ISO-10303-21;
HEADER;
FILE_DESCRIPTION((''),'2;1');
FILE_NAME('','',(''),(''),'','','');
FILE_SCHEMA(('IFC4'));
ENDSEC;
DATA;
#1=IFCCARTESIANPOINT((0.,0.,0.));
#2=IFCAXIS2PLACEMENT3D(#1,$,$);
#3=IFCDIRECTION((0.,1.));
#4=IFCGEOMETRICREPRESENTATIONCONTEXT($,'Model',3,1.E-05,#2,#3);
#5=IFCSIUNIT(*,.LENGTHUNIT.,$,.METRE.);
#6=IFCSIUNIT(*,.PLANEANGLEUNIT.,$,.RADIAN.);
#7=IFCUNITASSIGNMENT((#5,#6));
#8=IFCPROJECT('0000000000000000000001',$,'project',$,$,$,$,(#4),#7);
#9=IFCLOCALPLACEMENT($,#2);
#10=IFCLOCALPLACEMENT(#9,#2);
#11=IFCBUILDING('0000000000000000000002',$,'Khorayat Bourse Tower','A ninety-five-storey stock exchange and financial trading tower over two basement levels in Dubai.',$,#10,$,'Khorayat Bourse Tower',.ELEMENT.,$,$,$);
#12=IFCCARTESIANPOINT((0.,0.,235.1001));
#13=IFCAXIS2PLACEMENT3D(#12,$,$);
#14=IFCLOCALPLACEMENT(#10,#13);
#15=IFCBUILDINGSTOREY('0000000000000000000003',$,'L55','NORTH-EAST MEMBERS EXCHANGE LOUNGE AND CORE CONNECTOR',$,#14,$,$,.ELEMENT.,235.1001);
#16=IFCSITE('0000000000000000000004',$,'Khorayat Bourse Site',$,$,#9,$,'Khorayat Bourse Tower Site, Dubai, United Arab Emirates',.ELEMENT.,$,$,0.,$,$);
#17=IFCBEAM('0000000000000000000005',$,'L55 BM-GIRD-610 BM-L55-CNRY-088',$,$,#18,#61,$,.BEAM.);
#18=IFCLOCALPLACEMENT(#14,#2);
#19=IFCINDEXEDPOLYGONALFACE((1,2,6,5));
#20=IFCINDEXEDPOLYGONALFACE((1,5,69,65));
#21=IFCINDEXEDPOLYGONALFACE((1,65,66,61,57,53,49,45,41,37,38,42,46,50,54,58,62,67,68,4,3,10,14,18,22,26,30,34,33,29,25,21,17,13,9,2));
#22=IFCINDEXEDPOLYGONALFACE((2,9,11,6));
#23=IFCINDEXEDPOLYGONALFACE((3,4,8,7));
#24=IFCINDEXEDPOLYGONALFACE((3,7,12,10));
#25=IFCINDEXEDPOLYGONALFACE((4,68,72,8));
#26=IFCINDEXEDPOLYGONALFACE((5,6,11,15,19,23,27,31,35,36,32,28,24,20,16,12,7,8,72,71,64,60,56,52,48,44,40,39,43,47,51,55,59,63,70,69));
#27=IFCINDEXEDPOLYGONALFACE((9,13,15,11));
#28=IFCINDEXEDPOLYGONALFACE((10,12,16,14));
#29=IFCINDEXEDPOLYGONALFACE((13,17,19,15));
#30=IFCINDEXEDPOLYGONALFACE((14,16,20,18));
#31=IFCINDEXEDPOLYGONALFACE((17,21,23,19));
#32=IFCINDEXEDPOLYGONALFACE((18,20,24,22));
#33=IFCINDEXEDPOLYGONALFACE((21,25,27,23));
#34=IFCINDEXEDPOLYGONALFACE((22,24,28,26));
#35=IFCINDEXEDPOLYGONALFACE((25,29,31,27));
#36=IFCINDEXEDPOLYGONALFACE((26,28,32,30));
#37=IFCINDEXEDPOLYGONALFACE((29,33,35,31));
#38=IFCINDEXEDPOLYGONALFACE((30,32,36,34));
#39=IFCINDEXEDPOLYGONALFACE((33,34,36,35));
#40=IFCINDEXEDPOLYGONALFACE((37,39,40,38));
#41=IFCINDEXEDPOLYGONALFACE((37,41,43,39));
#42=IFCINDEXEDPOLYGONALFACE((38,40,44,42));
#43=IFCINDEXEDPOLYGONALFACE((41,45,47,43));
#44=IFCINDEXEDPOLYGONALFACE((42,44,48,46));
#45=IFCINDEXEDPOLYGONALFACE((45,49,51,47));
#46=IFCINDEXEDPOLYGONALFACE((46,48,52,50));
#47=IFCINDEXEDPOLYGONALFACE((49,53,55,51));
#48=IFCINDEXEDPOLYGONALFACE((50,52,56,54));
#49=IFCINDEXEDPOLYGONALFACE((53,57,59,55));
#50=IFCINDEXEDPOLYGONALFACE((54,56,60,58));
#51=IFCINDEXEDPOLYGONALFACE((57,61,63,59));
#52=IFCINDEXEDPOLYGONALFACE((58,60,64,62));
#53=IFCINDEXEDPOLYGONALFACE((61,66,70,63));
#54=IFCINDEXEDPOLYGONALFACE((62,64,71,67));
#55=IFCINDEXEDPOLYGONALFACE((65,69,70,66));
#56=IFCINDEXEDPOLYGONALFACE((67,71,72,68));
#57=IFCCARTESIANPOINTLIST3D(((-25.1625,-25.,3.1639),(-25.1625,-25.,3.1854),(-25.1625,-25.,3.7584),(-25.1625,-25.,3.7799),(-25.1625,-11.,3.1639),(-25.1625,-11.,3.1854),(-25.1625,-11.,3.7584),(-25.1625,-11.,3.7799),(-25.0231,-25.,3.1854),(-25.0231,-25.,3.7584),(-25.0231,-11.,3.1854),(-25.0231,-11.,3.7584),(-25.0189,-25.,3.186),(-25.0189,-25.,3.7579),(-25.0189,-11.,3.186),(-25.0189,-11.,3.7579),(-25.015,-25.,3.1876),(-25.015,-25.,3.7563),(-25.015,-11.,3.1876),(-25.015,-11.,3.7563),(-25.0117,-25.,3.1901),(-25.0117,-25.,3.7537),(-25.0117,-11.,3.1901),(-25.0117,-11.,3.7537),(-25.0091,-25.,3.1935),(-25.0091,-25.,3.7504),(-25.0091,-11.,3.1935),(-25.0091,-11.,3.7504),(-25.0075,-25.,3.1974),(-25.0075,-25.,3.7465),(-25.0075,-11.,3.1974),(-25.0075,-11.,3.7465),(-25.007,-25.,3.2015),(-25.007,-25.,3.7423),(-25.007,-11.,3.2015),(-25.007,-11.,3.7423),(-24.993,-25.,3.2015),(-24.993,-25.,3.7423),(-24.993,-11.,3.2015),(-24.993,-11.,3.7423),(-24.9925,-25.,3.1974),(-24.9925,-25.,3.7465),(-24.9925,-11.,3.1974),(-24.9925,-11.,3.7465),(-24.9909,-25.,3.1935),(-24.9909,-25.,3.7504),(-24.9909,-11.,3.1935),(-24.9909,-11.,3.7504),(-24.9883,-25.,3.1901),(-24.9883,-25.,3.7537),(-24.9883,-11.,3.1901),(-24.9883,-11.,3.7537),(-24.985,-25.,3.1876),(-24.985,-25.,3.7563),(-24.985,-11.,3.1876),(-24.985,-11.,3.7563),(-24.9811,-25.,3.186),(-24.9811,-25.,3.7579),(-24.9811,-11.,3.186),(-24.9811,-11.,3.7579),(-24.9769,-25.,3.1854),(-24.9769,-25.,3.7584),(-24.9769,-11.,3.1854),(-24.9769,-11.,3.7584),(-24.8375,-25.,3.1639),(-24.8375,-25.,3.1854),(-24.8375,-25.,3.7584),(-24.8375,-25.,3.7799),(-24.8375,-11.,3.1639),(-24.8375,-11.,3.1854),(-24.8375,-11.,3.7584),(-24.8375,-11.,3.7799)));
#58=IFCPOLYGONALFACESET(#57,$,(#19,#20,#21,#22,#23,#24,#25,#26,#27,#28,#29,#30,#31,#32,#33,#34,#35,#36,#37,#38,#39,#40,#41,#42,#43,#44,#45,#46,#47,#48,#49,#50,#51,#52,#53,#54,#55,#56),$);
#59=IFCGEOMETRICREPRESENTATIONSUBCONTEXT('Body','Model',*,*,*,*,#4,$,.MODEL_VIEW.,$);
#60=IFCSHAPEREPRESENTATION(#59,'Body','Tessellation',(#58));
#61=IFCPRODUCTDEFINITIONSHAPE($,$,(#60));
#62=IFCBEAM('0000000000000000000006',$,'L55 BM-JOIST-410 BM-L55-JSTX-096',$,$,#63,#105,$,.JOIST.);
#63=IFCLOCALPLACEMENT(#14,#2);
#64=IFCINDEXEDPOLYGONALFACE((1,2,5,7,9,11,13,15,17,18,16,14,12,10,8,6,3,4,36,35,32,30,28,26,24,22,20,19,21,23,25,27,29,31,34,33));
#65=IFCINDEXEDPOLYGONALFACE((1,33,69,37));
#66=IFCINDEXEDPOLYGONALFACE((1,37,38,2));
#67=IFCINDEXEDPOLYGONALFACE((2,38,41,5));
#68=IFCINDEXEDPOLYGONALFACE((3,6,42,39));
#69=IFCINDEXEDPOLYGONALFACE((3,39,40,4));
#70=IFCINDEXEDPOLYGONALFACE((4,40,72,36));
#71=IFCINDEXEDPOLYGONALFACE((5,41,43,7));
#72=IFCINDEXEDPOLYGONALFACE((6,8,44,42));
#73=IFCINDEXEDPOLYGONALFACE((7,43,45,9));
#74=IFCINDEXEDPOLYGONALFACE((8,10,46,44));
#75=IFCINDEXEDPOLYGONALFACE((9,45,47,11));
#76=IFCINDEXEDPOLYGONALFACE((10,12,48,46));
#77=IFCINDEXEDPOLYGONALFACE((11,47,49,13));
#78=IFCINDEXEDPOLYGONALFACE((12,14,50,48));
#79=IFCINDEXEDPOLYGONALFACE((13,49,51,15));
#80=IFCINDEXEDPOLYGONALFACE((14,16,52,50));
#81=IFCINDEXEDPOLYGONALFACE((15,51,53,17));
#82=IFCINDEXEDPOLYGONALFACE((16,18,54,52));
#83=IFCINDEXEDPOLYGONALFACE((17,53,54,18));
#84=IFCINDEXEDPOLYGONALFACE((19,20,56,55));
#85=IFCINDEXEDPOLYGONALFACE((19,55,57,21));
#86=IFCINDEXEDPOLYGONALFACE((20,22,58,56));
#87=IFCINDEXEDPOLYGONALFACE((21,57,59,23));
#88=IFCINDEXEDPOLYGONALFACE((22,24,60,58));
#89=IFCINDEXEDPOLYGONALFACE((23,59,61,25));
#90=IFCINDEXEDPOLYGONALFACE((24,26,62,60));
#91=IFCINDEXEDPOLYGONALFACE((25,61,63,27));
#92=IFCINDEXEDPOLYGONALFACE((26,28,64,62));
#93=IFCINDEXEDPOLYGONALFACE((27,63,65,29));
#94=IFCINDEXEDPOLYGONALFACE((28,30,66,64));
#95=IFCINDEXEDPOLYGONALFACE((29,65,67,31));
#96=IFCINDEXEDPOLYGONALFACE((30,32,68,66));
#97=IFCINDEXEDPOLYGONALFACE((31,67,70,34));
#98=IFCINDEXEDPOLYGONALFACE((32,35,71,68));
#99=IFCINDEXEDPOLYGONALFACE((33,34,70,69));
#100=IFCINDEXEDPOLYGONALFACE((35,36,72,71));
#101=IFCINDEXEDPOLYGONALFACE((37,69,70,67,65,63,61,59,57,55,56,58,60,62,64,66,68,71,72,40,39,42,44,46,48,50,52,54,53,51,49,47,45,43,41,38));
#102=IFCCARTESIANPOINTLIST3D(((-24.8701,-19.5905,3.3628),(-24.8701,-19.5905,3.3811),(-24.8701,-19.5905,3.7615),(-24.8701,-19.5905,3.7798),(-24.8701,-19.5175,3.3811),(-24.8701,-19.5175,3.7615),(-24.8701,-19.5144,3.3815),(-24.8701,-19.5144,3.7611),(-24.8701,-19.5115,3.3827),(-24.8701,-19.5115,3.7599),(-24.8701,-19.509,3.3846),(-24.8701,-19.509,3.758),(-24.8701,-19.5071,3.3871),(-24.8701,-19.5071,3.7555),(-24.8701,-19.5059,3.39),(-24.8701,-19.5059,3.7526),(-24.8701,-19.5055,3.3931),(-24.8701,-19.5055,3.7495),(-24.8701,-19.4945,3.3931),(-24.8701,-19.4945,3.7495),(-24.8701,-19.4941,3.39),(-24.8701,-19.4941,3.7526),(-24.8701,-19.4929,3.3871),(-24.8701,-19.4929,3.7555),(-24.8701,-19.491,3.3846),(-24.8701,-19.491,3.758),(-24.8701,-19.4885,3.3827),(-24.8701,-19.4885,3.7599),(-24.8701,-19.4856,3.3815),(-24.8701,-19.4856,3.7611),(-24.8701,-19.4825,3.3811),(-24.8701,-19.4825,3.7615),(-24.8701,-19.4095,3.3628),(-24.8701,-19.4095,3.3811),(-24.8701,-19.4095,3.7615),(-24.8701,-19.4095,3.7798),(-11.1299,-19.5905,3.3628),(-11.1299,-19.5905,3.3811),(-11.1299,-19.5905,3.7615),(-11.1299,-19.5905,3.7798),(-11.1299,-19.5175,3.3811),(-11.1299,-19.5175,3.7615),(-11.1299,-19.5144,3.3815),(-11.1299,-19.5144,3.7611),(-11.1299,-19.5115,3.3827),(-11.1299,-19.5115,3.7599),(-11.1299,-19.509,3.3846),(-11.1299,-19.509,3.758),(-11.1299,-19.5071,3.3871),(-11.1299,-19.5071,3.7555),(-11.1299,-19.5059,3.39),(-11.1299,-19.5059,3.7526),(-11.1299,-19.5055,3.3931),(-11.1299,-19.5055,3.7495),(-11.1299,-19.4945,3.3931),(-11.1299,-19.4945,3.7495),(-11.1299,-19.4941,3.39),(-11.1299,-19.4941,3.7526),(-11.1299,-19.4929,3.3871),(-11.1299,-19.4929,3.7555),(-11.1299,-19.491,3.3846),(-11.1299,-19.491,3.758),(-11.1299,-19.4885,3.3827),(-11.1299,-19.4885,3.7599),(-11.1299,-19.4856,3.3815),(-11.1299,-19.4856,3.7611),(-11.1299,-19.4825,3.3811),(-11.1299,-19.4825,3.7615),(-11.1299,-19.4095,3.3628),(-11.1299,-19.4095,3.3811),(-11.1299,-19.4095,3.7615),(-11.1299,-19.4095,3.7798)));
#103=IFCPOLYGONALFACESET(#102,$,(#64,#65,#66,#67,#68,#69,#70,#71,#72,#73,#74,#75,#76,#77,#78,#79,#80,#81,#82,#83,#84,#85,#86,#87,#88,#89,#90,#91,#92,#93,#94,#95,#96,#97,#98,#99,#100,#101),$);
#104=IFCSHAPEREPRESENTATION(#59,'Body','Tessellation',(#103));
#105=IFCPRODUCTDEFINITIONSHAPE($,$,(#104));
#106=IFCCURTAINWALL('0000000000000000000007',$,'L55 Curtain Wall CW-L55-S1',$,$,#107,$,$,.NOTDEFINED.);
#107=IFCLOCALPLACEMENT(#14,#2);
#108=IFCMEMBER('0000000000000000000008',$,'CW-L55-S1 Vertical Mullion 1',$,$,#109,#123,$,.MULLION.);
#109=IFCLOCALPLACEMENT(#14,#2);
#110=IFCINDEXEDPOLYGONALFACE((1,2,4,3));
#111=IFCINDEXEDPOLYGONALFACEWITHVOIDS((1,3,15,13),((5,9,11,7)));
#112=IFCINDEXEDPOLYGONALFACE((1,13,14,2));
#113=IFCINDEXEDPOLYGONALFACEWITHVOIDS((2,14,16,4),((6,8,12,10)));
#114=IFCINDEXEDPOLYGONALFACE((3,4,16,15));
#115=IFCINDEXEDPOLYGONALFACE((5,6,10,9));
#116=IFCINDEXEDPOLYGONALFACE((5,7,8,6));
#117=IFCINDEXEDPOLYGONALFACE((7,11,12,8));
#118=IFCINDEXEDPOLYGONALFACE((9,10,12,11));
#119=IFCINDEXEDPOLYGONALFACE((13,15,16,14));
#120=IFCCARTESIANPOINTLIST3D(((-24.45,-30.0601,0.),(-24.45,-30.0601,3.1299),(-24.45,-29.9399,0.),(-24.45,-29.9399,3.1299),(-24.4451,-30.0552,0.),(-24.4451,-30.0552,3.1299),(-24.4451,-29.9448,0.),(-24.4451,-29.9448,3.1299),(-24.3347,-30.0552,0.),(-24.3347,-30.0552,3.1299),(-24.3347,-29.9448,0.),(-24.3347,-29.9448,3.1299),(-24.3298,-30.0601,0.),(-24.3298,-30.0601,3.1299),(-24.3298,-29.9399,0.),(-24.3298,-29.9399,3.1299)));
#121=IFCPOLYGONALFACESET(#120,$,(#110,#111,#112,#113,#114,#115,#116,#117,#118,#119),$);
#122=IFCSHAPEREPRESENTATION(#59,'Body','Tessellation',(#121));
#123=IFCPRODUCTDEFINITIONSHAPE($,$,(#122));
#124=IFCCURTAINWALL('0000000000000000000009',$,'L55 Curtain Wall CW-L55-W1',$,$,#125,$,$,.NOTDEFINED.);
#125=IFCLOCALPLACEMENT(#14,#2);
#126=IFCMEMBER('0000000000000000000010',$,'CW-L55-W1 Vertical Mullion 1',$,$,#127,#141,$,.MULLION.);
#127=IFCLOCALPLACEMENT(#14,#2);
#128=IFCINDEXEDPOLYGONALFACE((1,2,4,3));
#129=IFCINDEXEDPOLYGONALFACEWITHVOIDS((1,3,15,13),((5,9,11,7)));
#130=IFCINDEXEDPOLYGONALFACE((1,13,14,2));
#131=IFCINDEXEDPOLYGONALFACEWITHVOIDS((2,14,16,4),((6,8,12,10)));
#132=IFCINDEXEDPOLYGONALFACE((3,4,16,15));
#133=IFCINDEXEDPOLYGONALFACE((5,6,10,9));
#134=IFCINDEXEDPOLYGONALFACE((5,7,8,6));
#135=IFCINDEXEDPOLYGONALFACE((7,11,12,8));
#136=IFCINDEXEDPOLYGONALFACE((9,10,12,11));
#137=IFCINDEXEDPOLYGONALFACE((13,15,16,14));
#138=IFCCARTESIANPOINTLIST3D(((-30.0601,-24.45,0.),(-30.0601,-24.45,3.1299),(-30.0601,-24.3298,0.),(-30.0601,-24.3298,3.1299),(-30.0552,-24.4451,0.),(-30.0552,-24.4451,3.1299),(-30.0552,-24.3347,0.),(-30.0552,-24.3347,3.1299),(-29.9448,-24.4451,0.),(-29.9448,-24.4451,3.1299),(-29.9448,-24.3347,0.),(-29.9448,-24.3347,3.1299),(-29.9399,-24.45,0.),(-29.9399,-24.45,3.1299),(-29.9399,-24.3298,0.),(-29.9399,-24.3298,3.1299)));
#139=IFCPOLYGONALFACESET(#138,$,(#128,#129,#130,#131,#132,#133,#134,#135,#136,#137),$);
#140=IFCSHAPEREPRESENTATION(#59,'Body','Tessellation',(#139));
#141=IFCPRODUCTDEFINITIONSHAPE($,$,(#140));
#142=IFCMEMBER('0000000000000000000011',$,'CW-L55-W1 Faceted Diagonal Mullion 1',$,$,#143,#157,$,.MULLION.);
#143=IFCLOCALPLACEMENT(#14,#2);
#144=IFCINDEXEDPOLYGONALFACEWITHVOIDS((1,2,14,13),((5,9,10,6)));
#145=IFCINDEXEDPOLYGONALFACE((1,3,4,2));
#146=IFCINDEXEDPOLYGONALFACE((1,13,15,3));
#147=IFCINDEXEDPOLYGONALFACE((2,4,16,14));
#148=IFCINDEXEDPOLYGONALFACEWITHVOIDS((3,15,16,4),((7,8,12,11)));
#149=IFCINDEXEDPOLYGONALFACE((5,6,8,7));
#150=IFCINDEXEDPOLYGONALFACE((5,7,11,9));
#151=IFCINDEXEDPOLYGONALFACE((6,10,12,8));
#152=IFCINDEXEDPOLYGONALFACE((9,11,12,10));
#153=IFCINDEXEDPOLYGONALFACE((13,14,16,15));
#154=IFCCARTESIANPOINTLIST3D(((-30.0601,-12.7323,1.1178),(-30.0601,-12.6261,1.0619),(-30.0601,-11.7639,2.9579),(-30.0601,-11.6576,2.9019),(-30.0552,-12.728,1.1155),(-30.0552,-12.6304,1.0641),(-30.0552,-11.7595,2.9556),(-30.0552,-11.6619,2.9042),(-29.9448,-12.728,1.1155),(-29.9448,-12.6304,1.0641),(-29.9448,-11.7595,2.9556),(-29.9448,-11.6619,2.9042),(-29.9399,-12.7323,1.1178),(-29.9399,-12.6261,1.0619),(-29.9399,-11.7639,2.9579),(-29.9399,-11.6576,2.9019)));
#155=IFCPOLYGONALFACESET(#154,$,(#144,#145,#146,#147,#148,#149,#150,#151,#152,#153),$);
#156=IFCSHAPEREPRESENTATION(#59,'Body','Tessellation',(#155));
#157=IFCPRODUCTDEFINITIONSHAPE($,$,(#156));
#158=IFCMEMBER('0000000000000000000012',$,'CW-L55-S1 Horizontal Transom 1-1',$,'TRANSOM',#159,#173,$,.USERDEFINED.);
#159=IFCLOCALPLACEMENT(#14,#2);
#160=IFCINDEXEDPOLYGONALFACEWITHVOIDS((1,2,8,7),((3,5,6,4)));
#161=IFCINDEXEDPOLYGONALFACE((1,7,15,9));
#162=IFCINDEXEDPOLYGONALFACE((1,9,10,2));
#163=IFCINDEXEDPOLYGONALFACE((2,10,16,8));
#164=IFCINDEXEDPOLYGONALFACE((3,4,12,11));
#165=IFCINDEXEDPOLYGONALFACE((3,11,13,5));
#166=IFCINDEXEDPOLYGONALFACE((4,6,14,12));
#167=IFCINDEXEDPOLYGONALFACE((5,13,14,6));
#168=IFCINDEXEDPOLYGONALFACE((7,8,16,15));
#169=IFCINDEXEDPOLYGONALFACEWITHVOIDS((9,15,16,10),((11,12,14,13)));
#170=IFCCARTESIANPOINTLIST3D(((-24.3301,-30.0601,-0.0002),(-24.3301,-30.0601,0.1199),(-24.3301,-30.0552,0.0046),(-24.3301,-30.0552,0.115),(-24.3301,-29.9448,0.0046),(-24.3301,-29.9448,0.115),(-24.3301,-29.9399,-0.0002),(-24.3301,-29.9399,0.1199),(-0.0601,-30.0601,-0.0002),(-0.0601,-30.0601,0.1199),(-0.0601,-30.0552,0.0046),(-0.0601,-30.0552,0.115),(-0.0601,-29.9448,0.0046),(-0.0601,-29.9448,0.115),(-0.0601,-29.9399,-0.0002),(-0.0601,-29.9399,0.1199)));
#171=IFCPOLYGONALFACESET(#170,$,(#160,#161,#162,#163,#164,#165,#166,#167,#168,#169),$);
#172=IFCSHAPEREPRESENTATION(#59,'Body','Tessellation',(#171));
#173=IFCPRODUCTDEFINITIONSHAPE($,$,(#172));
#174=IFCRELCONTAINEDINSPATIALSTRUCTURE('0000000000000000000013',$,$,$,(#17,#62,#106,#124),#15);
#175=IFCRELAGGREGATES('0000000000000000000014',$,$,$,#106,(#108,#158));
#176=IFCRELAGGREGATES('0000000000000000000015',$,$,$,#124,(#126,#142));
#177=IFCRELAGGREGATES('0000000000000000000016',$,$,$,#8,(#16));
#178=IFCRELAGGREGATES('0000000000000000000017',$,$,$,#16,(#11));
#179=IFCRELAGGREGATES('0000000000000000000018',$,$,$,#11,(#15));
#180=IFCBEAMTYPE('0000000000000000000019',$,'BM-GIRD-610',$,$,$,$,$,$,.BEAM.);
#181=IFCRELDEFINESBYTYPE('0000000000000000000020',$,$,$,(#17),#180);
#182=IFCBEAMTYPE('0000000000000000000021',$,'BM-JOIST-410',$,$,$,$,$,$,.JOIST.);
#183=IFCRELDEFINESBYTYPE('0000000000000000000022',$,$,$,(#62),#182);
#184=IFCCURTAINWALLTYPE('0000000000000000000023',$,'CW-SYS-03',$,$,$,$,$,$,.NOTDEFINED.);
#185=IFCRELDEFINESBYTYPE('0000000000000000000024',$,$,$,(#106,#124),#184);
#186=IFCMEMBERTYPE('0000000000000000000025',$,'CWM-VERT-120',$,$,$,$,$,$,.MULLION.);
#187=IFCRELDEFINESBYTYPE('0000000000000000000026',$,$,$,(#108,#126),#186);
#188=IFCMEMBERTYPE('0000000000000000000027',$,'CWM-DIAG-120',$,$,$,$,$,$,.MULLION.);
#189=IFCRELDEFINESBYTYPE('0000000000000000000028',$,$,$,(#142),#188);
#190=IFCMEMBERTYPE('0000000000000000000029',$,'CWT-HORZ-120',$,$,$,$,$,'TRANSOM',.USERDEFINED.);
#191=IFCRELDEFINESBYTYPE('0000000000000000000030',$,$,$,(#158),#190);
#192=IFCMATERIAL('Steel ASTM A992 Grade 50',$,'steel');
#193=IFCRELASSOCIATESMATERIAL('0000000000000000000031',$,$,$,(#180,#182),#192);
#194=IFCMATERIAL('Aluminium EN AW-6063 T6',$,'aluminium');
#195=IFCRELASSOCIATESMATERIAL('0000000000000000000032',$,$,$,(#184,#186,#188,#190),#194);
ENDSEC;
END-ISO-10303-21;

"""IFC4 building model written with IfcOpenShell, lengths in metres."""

from ifc_helpers import new_model, si_unit, direction, frame, origin, origin_2d, place, context, subcontext, project, spatial, hollow_rectangle, i_section, extrude, source, transform, mapped, material, material_profile, profile_set, type_object, element, aggregate, save


model = new_model("IFC4")

# Units and contexts
model_context = context("Model", 3, precision=1e-05, world=origin(), true_north=direction((0.0, 1.0)))
body_context = subcontext(model_context, "Body", "Model", "MODEL_VIEW")
ifc_project = project(units=[si_unit("LENGTHUNIT", "METRE"), si_unit("PLANEANGLEUNIT", "RADIAN")], contexts=[model_context])

# Site, building, storey
site_placement = place(None, origin())
site = spatial("IfcSite", under=ifc_project, at=site_placement, Name="Khorayat Bourse Site", LongName="Khorayat Bourse Tower Site, Dubai, United Arab Emirates", CompositionType="ELEMENT", RefElevation=0.0)
building_placement = place(site_placement, origin())
building = spatial("IfcBuilding", under=site, at=building_placement, Name="Khorayat Bourse Tower", Description="A ninety-five-storey stock exchange and financial trading tower over two basement levels in Dubai.", LongName="Khorayat Bourse Tower", CompositionType="ELEMENT")
storey_placement = place(building_placement, frame((0.0, 0.0, 235.1001)))
storey = spatial("IfcBuildingStorey", under=building, at=storey_placement, Name="L55", Description="NORTH-EAST MEMBERS EXCHANGE LOUNGE AND CORE CONNECTOR", CompositionType="ELEMENT", Elevation=235.1001)

# Beams
ifc_material_1 = material(Name="Steel ASTM A992 Grade 50", Category="steel")
ifc_material_profile_1 = material_profile(ifc_material_1, i_section(OverallWidth=0.325, OverallDepth=0.616, WebThickness=0.0139, FlangeThickness=0.0215, FilletRadius=0.0161, at=origin_2d()), Name="W610X174")
ifc_profile_set_1 = profile_set([ifc_material_profile_1], Name="Steel ASTM A992 Grade 50")
beam_type_1 = type_object("IfcBeamType", Name="BM-GIRD-610", PredefinedType="BEAM", material=ifc_profile_set_1)
shared_shape_1 = source(origin(), body_context, "Body", "SweptSolid", [
    extrude(i_section(OverallWidth=0.325, OverallDepth=0.616, WebThickness=0.0139, FlangeThickness=0.0215, FilletRadius=0.0161, at=origin_2d()), origin(), (0.0, 0.0, 1.0), 14.0),
])
beam_1_placement = place(storey_placement, frame((-25.0, -25.0, 3.4719), z_axis=(0.0, 1.0, 0.0), x_axis=(-1.0, 0.0, 0.0)))
element("IfcBeam", 1, at=beam_1_placement, inside=storey, type_object=beam_type_1, Name="L55 BM-GIRD-610 BM-L55-CNRY-088", PredefinedType="BEAM", context=body_context, shape_type="MappedRepresentation", body=[
    mapped(shared_shape_1, transform((0.0, 0.0, 0.0), scale=1.0)),
])
ifc_material_profile_2 = material_profile(ifc_material_1, i_section(OverallWidth=0.1809, OverallDepth=0.417, WebThickness=0.011, FlangeThickness=0.0183, FilletRadius=0.012, at=origin_2d()), Name="W410X85")
ifc_profile_set_2 = profile_set([ifc_material_profile_2], Name="Steel ASTM A992 Grade 50")
beam_type_2 = type_object("IfcBeamType", Name="BM-JOIST-410", PredefinedType="JOIST", material=ifc_profile_set_2)
shared_shape_2 = source(origin(), body_context, "Body", "SweptSolid", [
    extrude(i_section(OverallWidth=0.1809, OverallDepth=0.417, WebThickness=0.011, FlangeThickness=0.0183, FilletRadius=0.012, at=origin_2d()), origin(), (0.0, 0.0, 1.0), 13.7402),
])
beam_2_placement = place(storey_placement, frame((-24.8701, -19.5, 3.5713), z_axis=(1.0, 0.0, 0.0), x_axis=(0.0, 1.0, 0.0)))
element("IfcBeam", 2, at=beam_2_placement, inside=storey, type_object=beam_type_2, Name="L55 BM-JOIST-410 BM-L55-JSTX-096", PredefinedType="JOIST", context=body_context, shape_type="MappedRepresentation", body=[
    mapped(shared_shape_2, transform((0.0, 0.0, 0.0), scale=1.0)),
])

# Curtain wall, member
ifc_material_2 = material(Name="Aluminium EN AW-6063 T6", Category="aluminium")
curtain_wall_type = type_object("IfcCurtainWallType", Name="CW-SYS-03", PredefinedType="NOTDEFINED", material=ifc_material_2)
curtain_wall_1_placement = place(storey_placement, origin())
curtain_wall_1 = element("IfcCurtainWall", 3, at=curtain_wall_1_placement, inside=storey, type_object=curtain_wall_type, Name="L55 Curtain Wall CW-L55-S1", PredefinedType="NOTDEFINED")
ifc_material_profile_3 = material_profile(ifc_material_2, hollow_rectangle(XDim=0.1201, YDim=0.1201, WallThickness=0.0049, at=origin_2d()), Name="ALU 120x120x5")
ifc_profile_set_3 = profile_set([ifc_material_profile_3], Name="Aluminium EN AW-6063 T6")
member_type_1 = type_object("IfcMemberType", Name="CWM-VERT-120", PredefinedType="MULLION", material=ifc_profile_set_3)
shared_shape_3 = source(origin(), body_context, "Body", "SweptSolid", [
    extrude(hollow_rectangle(XDim=0.1201, YDim=0.1201, WallThickness=0.0049, at=origin_2d()), origin(), (0.0, 0.0, 1.0), 3.1299),
])
member_1_placement = place(storey_placement, frame((-24.3899, -30.0, 0.0), z_axis=(0.0, 0.0, 1.0), x_axis=(0.0, 1.0, 0.0)))
member_1 = element("IfcMember", 4, at=member_1_placement, type_object=member_type_1, Name="CW-L55-S1 Vertical Mullion 1", PredefinedType="MULLION", context=body_context, shape_type="MappedRepresentation", body=[
    mapped(shared_shape_3, transform((0.0, 0.0, 0.0), scale=1.0)),
])

# Curtain wall, members
curtain_wall_2_placement = place(storey_placement, origin())
curtain_wall_2 = element("IfcCurtainWall", 5, at=curtain_wall_2_placement, inside=storey, type_object=curtain_wall_type, Name="L55 Curtain Wall CW-L55-W1", PredefinedType="NOTDEFINED")
member_2_placement = place(storey_placement, frame((-30.0, -24.3899, 0.0), z_axis=(0.0, 0.0, 1.0), x_axis=(-1.0, 0.0, 0.0)))
member_2 = element("IfcMember", 6, at=member_2_placement, type_object=member_type_1, Name="CW-L55-W1 Vertical Mullion 1", PredefinedType="MULLION", context=body_context, shape_type="MappedRepresentation", body=[
    mapped(shared_shape_3, transform((0.0, 0.0, 0.0), scale=1.0)),
])
ifc_material_profile_4 = material_profile(ifc_material_2, hollow_rectangle(XDim=0.1201, YDim=0.1201, WallThickness=0.0049, at=origin_2d()), Name="ALU 120x120x5")
ifc_profile_set_4 = profile_set([ifc_material_profile_4], Name="Aluminium EN AW-6063 T6")
member_type_2 = type_object("IfcMemberType", Name="CWM-DIAG-120", PredefinedType="MULLION", material=ifc_profile_set_4)
shared_shape_4 = source(origin(), body_context, "Body", "SweptSolid", [
    extrude(hollow_rectangle(XDim=0.1201, YDim=0.1201, WallThickness=0.0049, at=origin_2d()), origin(), (0.0, 0.0, 1.0), 2.0793),
])
member_3_placement = place(storey_placement, frame((-30.0, -12.6792, 1.0898), z_axis=(0.0, 0.465761, 0.884911), x_axis=(-1.0, 0.0, 0.0)))
member_3 = element("IfcMember", 7, at=member_3_placement, type_object=member_type_2, Name="CW-L55-W1 Faceted Diagonal Mullion 1", PredefinedType="MULLION", context=body_context, shape_type="MappedRepresentation", body=[
    mapped(shared_shape_4, transform((0.0, 0.0, 0.0), scale=1.0)),
])

# Member
ifc_material_profile_5 = material_profile(ifc_material_2, hollow_rectangle(XDim=0.1201, YDim=0.1201, WallThickness=0.0049, at=origin_2d()), Name="ALU 120x120x5")
ifc_profile_set_5 = profile_set([ifc_material_profile_5], Name="Aluminium EN AW-6063 T6")
member_type_3 = type_object("IfcMemberType", Name="CWT-HORZ-120", ElementType="TRANSOM", PredefinedType="USERDEFINED", material=ifc_profile_set_5)
shared_shape_5 = source(origin(), body_context, "Body", "SweptSolid", [
    extrude(hollow_rectangle(XDim=0.1201, YDim=0.1201, WallThickness=0.0049, at=origin_2d()), origin(), (0.0, 0.0, 1.0), 24.27),
])
member_4_placement = place(storey_placement, frame((-24.3301, -30.0, 0.0598), z_axis=(1.0, 0.0, 0.0), x_axis=(0.0, 1.0, 0.0)))
member_4 = element("IfcMember", 8, at=member_4_placement, type_object=member_type_3, Name="CW-L55-S1 Horizontal Transom 1-1", ObjectType="TRANSOM", PredefinedType="USERDEFINED", context=body_context, shape_type="MappedRepresentation", body=[
    mapped(shared_shape_5, transform((0.0, 0.0, 0.0), scale=1.0)),
])
aggregate(curtain_wall_1, [member_1, member_4])

aggregate(curtain_wall_2, [member_2, member_3])

save(model, "model.ifc")
